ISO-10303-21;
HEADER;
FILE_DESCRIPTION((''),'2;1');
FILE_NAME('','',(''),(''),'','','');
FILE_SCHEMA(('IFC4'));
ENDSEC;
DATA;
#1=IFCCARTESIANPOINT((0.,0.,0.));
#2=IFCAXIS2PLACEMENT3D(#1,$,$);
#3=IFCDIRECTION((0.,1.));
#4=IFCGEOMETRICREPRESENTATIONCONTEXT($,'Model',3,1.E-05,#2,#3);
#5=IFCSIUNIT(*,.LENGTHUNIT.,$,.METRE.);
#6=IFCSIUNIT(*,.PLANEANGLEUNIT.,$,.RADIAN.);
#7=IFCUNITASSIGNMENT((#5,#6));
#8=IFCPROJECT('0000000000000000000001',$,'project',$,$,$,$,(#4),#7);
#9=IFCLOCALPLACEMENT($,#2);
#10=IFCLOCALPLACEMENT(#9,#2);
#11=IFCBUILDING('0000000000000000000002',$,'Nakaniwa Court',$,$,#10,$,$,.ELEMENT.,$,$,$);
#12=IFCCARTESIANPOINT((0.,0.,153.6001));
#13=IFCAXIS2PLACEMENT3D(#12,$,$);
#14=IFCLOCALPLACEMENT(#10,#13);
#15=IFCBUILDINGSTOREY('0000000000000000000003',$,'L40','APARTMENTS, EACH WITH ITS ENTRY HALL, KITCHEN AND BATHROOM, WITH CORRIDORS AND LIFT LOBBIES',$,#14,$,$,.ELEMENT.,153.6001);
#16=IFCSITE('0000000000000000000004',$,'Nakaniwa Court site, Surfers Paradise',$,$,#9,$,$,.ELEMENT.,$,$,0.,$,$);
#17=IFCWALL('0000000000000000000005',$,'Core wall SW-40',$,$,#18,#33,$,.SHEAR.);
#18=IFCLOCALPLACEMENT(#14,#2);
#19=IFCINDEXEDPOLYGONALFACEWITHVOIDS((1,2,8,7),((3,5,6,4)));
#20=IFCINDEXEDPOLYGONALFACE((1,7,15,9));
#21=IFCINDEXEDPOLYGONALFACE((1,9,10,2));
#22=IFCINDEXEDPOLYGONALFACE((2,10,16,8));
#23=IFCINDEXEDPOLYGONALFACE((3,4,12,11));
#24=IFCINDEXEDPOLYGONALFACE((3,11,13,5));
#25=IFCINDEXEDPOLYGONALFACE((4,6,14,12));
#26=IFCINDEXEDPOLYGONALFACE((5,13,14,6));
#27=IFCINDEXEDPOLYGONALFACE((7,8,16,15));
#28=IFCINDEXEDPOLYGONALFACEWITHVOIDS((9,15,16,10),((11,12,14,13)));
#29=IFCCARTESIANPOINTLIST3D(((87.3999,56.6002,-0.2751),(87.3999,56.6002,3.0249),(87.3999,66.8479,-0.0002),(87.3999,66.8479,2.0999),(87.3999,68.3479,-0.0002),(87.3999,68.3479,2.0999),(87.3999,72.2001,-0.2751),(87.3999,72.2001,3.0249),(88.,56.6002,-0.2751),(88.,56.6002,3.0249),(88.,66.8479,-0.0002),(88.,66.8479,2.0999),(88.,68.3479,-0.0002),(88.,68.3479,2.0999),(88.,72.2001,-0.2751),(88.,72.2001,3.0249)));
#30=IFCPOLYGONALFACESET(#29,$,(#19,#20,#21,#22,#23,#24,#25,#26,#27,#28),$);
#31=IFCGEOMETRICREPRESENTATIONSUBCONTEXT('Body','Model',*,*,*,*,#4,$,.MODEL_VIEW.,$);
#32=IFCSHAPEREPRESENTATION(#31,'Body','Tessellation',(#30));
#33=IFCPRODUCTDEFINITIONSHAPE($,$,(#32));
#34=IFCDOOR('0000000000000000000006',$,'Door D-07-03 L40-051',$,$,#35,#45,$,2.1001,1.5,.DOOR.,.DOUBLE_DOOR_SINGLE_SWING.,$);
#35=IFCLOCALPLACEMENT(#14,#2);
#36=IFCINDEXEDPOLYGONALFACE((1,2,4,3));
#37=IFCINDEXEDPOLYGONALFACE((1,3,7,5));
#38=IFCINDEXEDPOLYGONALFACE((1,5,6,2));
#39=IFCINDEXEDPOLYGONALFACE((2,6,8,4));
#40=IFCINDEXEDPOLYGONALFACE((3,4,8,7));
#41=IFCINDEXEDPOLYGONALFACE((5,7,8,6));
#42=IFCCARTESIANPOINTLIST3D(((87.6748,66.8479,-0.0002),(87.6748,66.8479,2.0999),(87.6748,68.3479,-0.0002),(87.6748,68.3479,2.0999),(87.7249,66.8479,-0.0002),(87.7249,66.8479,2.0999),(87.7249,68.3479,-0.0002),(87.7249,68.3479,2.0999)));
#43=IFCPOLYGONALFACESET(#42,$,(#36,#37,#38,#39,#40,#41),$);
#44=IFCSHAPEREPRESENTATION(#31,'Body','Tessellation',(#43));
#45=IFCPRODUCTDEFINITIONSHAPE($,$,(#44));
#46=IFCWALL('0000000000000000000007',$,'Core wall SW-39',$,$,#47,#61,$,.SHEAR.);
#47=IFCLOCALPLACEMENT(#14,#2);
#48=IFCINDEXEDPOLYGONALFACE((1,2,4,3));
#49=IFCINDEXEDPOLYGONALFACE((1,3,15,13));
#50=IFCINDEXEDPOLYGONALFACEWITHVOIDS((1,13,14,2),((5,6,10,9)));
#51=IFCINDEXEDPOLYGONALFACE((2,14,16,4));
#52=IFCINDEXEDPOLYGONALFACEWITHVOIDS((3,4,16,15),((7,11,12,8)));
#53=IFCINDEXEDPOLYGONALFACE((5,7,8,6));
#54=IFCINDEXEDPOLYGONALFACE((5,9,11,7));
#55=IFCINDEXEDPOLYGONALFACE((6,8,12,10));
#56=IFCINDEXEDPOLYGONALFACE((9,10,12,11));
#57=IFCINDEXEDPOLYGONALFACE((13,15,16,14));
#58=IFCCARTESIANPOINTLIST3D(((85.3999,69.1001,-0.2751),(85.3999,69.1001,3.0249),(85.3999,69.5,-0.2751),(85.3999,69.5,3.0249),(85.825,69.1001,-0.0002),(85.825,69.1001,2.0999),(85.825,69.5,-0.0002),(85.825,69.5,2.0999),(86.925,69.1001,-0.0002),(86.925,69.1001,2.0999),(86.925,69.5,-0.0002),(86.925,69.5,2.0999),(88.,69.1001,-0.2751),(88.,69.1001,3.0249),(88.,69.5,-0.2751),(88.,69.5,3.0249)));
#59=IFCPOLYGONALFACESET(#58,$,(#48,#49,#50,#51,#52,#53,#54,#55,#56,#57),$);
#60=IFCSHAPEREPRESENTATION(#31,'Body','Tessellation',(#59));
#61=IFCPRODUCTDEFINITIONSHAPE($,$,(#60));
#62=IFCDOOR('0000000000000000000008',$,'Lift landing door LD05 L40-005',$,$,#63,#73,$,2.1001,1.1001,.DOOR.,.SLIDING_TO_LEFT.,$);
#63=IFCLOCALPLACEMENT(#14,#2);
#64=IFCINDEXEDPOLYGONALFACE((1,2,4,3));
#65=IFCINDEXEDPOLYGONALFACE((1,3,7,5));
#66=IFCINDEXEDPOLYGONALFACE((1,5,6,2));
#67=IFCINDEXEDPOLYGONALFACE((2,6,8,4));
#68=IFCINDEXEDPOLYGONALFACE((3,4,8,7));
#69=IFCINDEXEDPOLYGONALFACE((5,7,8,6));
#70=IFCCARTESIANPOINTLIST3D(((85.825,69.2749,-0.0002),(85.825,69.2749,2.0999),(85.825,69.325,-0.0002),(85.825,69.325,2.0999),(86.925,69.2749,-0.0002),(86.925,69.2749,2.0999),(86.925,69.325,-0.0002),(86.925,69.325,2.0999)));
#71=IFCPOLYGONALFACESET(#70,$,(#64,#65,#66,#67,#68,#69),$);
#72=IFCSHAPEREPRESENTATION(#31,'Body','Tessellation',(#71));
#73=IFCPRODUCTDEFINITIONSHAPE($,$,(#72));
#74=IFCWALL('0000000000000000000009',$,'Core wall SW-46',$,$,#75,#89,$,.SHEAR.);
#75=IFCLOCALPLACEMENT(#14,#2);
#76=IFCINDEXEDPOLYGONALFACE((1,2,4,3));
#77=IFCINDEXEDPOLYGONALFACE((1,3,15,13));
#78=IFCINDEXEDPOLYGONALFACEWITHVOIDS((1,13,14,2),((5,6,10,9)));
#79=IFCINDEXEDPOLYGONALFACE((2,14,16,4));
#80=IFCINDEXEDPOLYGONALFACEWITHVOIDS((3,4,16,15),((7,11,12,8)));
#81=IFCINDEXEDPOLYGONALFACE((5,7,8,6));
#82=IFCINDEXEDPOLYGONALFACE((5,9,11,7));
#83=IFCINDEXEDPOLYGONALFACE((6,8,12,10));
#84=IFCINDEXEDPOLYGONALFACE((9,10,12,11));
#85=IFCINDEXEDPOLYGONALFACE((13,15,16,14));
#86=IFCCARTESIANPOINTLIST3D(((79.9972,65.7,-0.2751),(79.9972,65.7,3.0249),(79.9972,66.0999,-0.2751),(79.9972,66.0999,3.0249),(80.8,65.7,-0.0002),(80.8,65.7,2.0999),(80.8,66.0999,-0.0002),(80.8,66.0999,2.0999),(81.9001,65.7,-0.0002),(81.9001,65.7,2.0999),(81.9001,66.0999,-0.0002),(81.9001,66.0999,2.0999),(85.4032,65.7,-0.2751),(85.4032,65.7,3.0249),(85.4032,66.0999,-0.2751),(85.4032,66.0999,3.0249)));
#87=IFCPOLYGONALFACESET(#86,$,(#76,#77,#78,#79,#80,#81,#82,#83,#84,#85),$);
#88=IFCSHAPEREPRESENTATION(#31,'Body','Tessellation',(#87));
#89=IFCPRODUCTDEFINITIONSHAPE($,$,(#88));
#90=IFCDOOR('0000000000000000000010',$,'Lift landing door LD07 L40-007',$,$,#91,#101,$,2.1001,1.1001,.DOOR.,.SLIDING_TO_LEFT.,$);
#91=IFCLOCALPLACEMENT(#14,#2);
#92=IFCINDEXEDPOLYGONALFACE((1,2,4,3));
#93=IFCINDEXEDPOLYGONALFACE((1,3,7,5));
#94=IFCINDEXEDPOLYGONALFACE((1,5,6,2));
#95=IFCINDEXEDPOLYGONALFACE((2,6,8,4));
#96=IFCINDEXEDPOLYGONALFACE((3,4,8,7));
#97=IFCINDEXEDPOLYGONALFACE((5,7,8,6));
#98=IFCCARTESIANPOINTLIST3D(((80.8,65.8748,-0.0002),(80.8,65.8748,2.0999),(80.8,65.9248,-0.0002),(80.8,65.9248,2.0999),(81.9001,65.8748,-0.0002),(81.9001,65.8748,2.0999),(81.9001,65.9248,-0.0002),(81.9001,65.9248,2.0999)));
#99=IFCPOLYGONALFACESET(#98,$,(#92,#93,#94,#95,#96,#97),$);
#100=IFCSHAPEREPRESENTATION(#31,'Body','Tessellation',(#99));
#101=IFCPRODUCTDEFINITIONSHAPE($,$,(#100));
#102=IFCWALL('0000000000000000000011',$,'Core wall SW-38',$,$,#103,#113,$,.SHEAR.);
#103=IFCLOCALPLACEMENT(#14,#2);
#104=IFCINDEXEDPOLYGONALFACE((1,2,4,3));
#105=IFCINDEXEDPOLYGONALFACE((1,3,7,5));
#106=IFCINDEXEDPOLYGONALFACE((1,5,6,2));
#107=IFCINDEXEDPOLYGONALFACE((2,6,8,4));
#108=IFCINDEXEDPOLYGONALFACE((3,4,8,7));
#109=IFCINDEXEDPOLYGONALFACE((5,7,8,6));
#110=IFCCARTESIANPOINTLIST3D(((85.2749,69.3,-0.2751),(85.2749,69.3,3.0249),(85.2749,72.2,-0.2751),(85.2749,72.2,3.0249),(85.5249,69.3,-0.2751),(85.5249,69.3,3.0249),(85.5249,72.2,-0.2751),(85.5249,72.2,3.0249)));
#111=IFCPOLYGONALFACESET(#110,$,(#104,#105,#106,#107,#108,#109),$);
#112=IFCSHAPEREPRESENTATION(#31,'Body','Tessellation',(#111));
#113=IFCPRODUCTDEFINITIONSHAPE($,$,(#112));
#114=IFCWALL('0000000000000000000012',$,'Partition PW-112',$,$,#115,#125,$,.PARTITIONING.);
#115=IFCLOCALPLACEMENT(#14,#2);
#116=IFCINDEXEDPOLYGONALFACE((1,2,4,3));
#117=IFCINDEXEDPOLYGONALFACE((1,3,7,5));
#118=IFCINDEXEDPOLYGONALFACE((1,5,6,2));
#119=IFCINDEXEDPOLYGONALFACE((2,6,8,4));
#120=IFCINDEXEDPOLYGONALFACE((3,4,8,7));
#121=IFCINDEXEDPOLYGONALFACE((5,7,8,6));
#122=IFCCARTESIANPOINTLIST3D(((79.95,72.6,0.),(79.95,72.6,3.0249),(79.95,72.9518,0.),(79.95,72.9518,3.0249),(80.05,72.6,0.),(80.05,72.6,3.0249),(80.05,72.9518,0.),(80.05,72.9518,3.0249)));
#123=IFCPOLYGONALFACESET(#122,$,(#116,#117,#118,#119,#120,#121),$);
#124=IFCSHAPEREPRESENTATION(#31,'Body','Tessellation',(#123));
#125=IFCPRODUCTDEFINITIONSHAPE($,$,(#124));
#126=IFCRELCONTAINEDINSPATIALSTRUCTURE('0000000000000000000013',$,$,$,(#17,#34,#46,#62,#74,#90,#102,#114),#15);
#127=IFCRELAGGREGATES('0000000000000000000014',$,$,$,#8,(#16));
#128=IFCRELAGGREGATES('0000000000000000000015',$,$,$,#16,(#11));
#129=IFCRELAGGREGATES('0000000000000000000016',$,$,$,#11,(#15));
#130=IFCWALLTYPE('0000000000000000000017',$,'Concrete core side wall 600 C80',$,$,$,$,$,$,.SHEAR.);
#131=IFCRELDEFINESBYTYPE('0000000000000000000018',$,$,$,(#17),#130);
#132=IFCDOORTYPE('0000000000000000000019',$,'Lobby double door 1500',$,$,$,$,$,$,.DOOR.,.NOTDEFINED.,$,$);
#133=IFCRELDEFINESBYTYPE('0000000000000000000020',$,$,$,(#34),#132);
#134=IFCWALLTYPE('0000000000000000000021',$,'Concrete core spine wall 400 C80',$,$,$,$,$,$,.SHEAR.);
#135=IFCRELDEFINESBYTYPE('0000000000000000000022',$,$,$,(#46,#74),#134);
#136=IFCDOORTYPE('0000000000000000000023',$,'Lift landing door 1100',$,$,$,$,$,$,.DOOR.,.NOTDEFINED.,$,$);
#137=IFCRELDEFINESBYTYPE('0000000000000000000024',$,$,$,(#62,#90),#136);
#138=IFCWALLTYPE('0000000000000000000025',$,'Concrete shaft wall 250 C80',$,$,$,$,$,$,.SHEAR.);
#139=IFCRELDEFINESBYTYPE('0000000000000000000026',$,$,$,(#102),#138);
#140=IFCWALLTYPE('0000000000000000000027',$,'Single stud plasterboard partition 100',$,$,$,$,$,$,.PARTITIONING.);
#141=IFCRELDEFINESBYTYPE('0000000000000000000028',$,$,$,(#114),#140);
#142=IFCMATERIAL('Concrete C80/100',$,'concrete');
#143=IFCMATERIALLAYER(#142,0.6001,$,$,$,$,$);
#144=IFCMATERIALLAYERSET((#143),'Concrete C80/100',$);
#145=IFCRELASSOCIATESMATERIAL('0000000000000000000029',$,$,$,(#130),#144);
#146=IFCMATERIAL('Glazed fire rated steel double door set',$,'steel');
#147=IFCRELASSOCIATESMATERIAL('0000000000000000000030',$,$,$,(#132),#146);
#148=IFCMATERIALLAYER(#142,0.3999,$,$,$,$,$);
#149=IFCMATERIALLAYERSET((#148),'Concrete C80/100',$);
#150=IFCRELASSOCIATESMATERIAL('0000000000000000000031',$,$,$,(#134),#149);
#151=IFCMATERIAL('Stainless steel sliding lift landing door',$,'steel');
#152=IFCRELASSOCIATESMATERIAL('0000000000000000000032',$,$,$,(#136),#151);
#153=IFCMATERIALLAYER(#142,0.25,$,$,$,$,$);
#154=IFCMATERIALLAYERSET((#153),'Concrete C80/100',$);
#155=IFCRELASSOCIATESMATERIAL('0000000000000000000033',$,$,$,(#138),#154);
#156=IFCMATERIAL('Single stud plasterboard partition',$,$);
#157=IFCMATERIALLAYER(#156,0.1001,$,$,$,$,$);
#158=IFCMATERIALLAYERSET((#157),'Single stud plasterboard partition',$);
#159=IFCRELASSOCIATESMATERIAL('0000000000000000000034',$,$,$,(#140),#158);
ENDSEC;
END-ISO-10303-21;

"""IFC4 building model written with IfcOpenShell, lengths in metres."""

from ifc_helpers import new_model, si_unit, direction, frame, frame_2d, origin, place, context, subcontext, project, spatial, rectangle, extrude, material, layer, layer_set, type_object, element, fill, save


model = new_model("IFC4")

# Units and contexts
model_context = context("Model", 3, precision=1e-05, world=origin(), true_north=direction((0.0, 1.0)))
body_context = subcontext(model_context, "Body", "Model", "MODEL_VIEW")
ifc_project = project(units=[si_unit("LENGTHUNIT", "METRE"), si_unit("PLANEANGLEUNIT", "RADIAN")], contexts=[model_context])

# Site, building, storey
site_placement = place(None, origin())
site = spatial("IfcSite", under=ifc_project, at=site_placement, Name="Nakaniwa Court site, Surfers Paradise", CompositionType="ELEMENT", RefElevation=0.0)
building_placement = place(site_placement, origin())
building = spatial("IfcBuilding", under=site, at=building_placement, Name="Nakaniwa Court", CompositionType="ELEMENT")
storey_placement = place(building_placement, frame((0.0, 0.0, 153.6001)))
storey = spatial("IfcBuildingStorey", under=building, at=storey_placement, Name="L40", Description="APARTMENTS, EACH WITH ITS ENTRY HALL, KITCHEN AND BATHROOM, WITH CORRIDORS AND LIFT LOBBIES", CompositionType="ELEMENT", Elevation=153.6001)

# Walls, openings, doors
ifc_material_1 = material(Name="Concrete C80/100", Category="concrete")
ifc_layer_1 = layer(ifc_material_1, 0.6001)
ifc_layer_set_1 = layer_set([ifc_layer_1], Name="Concrete C80/100")
wall_type_1 = type_object("IfcWallType", Name="Concrete core side wall 600 C80", PredefinedType="SHEAR", material=ifc_layer_set_1)
wall_1_placement = place(storey_placement, frame((87.7, 72.2, -0.2751), z_axis=(0.0, 0.0, 1.0), x_axis=(0.0, -1.0, 0.0)))
wall_1 = element("IfcWall", 1, at=wall_1_placement, inside=storey, type_object=wall_type_1, Name="Core wall SW-40", PredefinedType="SHEAR", context=body_context, shape_type="SweptSolid", body=[
    extrude(rectangle(XDim=15.5999, YDim=0.6001, at=frame_2d((7.7998, 0.0))), origin(), (0.0, 0.0, 1.0), 3.3),
])
opening_1_placement = place(wall_1_placement, frame((3.8521, 0.0, 0.2749)))
opening_1 = element("IfcOpeningElement", 2, at=opening_1_placement, cuts=wall_1, PredefinedType="OPENING", context=body_context, shape_type="SweptSolid", body=[
    extrude(rectangle(XDim=1.5, YDim=2.1001, at=frame_2d((0.75, 1.05))), frame((0.0, 0.3101, 0.0), z_axis=(0.0, -1.0, 0.0), x_axis=(1.0, 0.0, 0.0)), (0.0, 0.0, 1.0), 0.6201),
])
ifc_material_2 = material(Name="Glazed fire rated steel double door set", Category="steel")
door_type_1 = type_object("IfcDoorType", Name="Lobby double door 1500", OperationType="NOTDEFINED", PredefinedType="DOOR", material=ifc_material_2)
door_1_placement = place(opening_1_placement, origin())
door_1 = element("IfcDoor", 3, at=door_1_placement, inside=storey, type_object=door_type_1, Name="Door D-07-03 L40-051", OperationType="DOUBLE_DOOR_SINGLE_SWING", OverallHeight=2.1001, OverallWidth=1.5, PredefinedType="DOOR", context=body_context, shape_type="SweptSolid", body=[
    extrude(rectangle(XDim=1.5, YDim=2.1001, at=frame_2d((0.75, 1.05))), frame((0.0, 0.0249, 0.0), z_axis=(0.0, -1.0, 0.0), x_axis=(1.0, 0.0, 0.0)), (0.0, 0.0, 1.0), 0.05),
])
fill(opening_1, door_1)
ifc_layer_2 = layer(ifc_material_1, 0.3999)
ifc_layer_set_2 = layer_set([ifc_layer_2], Name="Concrete C80/100")
wall_type_2 = type_object("IfcWallType", Name="Concrete core spine wall 400 C80", PredefinedType="SHEAR", material=ifc_layer_set_2)
wall_2_placement = place(storey_placement, frame((85.3999, 69.3, -0.2751), z_axis=(0.0, 0.0, 1.0), x_axis=(1.0, 0.0, 0.0)))
wall_2 = element("IfcWall", 4, at=wall_2_placement, inside=storey, type_object=wall_type_2, Name="Core wall SW-39", PredefinedType="SHEAR", context=body_context, shape_type="SweptSolid", body=[
    extrude(rectangle(XDim=2.6001, YDim=0.3999, at=frame_2d((1.3, 0.0))), origin(), (0.0, 0.0, 1.0), 3.3),
])
opening_2_placement = place(wall_2_placement, frame((0.425, 0.0, 0.2749)))
opening_2 = element("IfcOpeningElement", 5, at=opening_2_placement, cuts=wall_2, PredefinedType="OPENING", context=body_context, shape_type="SweptSolid", body=[
    extrude(rectangle(XDim=1.1001, YDim=2.1001, at=frame_2d((0.55, 1.05))), frame((0.0, 0.21, 0.0), z_axis=(0.0, -1.0, 0.0), x_axis=(1.0, 0.0, 0.0)), (0.0, 0.0, 1.0), 0.4199),
])
ifc_material_3 = material(Name="Stainless steel sliding lift landing door", Category="steel")
door_type_2 = type_object("IfcDoorType", Name="Lift landing door 1100", OperationType="NOTDEFINED", PredefinedType="DOOR", material=ifc_material_3)
door_2_placement = place(opening_2_placement, origin())
door_2 = element("IfcDoor", 6, at=door_2_placement, inside=storey, type_object=door_type_2, Name="Lift landing door LD05 L40-005", OperationType="SLIDING_TO_LEFT", OverallHeight=2.1001, OverallWidth=1.1001, PredefinedType="DOOR", context=body_context, shape_type="SweptSolid", body=[
    extrude(rectangle(XDim=1.1001, YDim=2.1001, at=frame_2d((0.55, 1.05))), frame((0.0, 0.0249, 0.0), z_axis=(0.0, -1.0, 0.0), x_axis=(1.0, 0.0, 0.0)), (0.0, 0.0, 1.0), 0.05),
])
fill(opening_2, door_2)
wall_3_placement = place(storey_placement, frame((79.9971, 65.8999, -0.2751), z_axis=(0.0, 0.0, 1.0), x_axis=(1.0, 0.0, 0.0)))
wall_3 = element("IfcWall", 7, at=wall_3_placement, inside=storey, type_object=wall_type_2, Name="Core wall SW-46", PredefinedType="SHEAR", context=body_context, shape_type="SweptSolid", body=[
    extrude(rectangle(XDim=5.406, YDim=0.3999, at=frame_2d((2.7031, 0.0))), origin(), (0.0, 0.0, 1.0), 3.3),
])
opening_3_placement = place(wall_3_placement, frame((0.803, 0.0, 0.2749)))
opening_3 = element("IfcOpeningElement", 8, at=opening_3_placement, cuts=wall_3, PredefinedType="OPENING", context=body_context, shape_type="SweptSolid", body=[
    extrude(rectangle(XDim=1.1001, YDim=2.1001, at=frame_2d((0.55, 1.05))), frame((0.0, 0.21, 0.0), z_axis=(0.0, -1.0, 0.0), x_axis=(1.0, 0.0, 0.0)), (0.0, 0.0, 1.0), 0.4199),
])
door_3_placement = place(opening_3_placement, origin())
door_3 = element("IfcDoor", 9, at=door_3_placement, inside=storey, type_object=door_type_2, Name="Lift landing door LD07 L40-007", OperationType="SLIDING_TO_LEFT", OverallHeight=2.1001, OverallWidth=1.1001, PredefinedType="DOOR", context=body_context, shape_type="SweptSolid", body=[
    extrude(rectangle(XDim=1.1001, YDim=2.1001, at=frame_2d((0.55, 1.05))), frame((0.0, 0.0249, 0.0), z_axis=(0.0, -1.0, 0.0), x_axis=(1.0, 0.0, 0.0)), (0.0, 0.0, 1.0), 0.05),
])
fill(opening_3, door_3)

# Walls
ifc_layer_3 = layer(ifc_material_1, 0.25)
ifc_layer_set_3 = layer_set([ifc_layer_3], Name="Concrete C80/100")
wall_type_3 = type_object("IfcWallType", Name="Concrete shaft wall 250 C80", PredefinedType="SHEAR", material=ifc_layer_set_3)
wall_4_placement = place(storey_placement, frame((85.3999, 69.3, -0.2751), z_axis=(0.0, 0.0, 1.0), x_axis=(0.0, 1.0, 0.0)))
element("IfcWall", 10, at=wall_4_placement, inside=storey, type_object=wall_type_3, Name="Core wall SW-38", PredefinedType="SHEAR", context=body_context, shape_type="SweptSolid", body=[
    extrude(rectangle(XDim=2.8999, YDim=0.25, at=frame_2d((1.45, 0.0))), origin(), (0.0, 0.0, 1.0), 3.3),
])
ifc_material_4 = material(Name="Single stud plasterboard partition")
ifc_layer_4 = layer(ifc_material_4, 0.1001)
ifc_layer_set_4 = layer_set([ifc_layer_4], Name="Single stud plasterboard partition")
wall_type_4 = type_object("IfcWallType", Name="Single stud plasterboard partition 100", PredefinedType="PARTITIONING", material=ifc_layer_set_4)
wall_5_placement = place(storey_placement, frame((80.0, 72.6001, 0.0), z_axis=(0.0, 0.0, 1.0), x_axis=(0.0, 1.0, 0.0)))
element("IfcWall", 11, at=wall_5_placement, inside=storey, type_object=wall_type_4, Name="Partition PW-112", PredefinedType="PARTITIONING", context=body_context, shape_type="SweptSolid", body=[
    extrude(rectangle(XDim=0.3518, YDim=0.1001, at=frame_2d((0.1758, 0.0))), origin(), (0.0, 0.0, 1.0), 3.0249),
])

save(model, "model.ifc")
